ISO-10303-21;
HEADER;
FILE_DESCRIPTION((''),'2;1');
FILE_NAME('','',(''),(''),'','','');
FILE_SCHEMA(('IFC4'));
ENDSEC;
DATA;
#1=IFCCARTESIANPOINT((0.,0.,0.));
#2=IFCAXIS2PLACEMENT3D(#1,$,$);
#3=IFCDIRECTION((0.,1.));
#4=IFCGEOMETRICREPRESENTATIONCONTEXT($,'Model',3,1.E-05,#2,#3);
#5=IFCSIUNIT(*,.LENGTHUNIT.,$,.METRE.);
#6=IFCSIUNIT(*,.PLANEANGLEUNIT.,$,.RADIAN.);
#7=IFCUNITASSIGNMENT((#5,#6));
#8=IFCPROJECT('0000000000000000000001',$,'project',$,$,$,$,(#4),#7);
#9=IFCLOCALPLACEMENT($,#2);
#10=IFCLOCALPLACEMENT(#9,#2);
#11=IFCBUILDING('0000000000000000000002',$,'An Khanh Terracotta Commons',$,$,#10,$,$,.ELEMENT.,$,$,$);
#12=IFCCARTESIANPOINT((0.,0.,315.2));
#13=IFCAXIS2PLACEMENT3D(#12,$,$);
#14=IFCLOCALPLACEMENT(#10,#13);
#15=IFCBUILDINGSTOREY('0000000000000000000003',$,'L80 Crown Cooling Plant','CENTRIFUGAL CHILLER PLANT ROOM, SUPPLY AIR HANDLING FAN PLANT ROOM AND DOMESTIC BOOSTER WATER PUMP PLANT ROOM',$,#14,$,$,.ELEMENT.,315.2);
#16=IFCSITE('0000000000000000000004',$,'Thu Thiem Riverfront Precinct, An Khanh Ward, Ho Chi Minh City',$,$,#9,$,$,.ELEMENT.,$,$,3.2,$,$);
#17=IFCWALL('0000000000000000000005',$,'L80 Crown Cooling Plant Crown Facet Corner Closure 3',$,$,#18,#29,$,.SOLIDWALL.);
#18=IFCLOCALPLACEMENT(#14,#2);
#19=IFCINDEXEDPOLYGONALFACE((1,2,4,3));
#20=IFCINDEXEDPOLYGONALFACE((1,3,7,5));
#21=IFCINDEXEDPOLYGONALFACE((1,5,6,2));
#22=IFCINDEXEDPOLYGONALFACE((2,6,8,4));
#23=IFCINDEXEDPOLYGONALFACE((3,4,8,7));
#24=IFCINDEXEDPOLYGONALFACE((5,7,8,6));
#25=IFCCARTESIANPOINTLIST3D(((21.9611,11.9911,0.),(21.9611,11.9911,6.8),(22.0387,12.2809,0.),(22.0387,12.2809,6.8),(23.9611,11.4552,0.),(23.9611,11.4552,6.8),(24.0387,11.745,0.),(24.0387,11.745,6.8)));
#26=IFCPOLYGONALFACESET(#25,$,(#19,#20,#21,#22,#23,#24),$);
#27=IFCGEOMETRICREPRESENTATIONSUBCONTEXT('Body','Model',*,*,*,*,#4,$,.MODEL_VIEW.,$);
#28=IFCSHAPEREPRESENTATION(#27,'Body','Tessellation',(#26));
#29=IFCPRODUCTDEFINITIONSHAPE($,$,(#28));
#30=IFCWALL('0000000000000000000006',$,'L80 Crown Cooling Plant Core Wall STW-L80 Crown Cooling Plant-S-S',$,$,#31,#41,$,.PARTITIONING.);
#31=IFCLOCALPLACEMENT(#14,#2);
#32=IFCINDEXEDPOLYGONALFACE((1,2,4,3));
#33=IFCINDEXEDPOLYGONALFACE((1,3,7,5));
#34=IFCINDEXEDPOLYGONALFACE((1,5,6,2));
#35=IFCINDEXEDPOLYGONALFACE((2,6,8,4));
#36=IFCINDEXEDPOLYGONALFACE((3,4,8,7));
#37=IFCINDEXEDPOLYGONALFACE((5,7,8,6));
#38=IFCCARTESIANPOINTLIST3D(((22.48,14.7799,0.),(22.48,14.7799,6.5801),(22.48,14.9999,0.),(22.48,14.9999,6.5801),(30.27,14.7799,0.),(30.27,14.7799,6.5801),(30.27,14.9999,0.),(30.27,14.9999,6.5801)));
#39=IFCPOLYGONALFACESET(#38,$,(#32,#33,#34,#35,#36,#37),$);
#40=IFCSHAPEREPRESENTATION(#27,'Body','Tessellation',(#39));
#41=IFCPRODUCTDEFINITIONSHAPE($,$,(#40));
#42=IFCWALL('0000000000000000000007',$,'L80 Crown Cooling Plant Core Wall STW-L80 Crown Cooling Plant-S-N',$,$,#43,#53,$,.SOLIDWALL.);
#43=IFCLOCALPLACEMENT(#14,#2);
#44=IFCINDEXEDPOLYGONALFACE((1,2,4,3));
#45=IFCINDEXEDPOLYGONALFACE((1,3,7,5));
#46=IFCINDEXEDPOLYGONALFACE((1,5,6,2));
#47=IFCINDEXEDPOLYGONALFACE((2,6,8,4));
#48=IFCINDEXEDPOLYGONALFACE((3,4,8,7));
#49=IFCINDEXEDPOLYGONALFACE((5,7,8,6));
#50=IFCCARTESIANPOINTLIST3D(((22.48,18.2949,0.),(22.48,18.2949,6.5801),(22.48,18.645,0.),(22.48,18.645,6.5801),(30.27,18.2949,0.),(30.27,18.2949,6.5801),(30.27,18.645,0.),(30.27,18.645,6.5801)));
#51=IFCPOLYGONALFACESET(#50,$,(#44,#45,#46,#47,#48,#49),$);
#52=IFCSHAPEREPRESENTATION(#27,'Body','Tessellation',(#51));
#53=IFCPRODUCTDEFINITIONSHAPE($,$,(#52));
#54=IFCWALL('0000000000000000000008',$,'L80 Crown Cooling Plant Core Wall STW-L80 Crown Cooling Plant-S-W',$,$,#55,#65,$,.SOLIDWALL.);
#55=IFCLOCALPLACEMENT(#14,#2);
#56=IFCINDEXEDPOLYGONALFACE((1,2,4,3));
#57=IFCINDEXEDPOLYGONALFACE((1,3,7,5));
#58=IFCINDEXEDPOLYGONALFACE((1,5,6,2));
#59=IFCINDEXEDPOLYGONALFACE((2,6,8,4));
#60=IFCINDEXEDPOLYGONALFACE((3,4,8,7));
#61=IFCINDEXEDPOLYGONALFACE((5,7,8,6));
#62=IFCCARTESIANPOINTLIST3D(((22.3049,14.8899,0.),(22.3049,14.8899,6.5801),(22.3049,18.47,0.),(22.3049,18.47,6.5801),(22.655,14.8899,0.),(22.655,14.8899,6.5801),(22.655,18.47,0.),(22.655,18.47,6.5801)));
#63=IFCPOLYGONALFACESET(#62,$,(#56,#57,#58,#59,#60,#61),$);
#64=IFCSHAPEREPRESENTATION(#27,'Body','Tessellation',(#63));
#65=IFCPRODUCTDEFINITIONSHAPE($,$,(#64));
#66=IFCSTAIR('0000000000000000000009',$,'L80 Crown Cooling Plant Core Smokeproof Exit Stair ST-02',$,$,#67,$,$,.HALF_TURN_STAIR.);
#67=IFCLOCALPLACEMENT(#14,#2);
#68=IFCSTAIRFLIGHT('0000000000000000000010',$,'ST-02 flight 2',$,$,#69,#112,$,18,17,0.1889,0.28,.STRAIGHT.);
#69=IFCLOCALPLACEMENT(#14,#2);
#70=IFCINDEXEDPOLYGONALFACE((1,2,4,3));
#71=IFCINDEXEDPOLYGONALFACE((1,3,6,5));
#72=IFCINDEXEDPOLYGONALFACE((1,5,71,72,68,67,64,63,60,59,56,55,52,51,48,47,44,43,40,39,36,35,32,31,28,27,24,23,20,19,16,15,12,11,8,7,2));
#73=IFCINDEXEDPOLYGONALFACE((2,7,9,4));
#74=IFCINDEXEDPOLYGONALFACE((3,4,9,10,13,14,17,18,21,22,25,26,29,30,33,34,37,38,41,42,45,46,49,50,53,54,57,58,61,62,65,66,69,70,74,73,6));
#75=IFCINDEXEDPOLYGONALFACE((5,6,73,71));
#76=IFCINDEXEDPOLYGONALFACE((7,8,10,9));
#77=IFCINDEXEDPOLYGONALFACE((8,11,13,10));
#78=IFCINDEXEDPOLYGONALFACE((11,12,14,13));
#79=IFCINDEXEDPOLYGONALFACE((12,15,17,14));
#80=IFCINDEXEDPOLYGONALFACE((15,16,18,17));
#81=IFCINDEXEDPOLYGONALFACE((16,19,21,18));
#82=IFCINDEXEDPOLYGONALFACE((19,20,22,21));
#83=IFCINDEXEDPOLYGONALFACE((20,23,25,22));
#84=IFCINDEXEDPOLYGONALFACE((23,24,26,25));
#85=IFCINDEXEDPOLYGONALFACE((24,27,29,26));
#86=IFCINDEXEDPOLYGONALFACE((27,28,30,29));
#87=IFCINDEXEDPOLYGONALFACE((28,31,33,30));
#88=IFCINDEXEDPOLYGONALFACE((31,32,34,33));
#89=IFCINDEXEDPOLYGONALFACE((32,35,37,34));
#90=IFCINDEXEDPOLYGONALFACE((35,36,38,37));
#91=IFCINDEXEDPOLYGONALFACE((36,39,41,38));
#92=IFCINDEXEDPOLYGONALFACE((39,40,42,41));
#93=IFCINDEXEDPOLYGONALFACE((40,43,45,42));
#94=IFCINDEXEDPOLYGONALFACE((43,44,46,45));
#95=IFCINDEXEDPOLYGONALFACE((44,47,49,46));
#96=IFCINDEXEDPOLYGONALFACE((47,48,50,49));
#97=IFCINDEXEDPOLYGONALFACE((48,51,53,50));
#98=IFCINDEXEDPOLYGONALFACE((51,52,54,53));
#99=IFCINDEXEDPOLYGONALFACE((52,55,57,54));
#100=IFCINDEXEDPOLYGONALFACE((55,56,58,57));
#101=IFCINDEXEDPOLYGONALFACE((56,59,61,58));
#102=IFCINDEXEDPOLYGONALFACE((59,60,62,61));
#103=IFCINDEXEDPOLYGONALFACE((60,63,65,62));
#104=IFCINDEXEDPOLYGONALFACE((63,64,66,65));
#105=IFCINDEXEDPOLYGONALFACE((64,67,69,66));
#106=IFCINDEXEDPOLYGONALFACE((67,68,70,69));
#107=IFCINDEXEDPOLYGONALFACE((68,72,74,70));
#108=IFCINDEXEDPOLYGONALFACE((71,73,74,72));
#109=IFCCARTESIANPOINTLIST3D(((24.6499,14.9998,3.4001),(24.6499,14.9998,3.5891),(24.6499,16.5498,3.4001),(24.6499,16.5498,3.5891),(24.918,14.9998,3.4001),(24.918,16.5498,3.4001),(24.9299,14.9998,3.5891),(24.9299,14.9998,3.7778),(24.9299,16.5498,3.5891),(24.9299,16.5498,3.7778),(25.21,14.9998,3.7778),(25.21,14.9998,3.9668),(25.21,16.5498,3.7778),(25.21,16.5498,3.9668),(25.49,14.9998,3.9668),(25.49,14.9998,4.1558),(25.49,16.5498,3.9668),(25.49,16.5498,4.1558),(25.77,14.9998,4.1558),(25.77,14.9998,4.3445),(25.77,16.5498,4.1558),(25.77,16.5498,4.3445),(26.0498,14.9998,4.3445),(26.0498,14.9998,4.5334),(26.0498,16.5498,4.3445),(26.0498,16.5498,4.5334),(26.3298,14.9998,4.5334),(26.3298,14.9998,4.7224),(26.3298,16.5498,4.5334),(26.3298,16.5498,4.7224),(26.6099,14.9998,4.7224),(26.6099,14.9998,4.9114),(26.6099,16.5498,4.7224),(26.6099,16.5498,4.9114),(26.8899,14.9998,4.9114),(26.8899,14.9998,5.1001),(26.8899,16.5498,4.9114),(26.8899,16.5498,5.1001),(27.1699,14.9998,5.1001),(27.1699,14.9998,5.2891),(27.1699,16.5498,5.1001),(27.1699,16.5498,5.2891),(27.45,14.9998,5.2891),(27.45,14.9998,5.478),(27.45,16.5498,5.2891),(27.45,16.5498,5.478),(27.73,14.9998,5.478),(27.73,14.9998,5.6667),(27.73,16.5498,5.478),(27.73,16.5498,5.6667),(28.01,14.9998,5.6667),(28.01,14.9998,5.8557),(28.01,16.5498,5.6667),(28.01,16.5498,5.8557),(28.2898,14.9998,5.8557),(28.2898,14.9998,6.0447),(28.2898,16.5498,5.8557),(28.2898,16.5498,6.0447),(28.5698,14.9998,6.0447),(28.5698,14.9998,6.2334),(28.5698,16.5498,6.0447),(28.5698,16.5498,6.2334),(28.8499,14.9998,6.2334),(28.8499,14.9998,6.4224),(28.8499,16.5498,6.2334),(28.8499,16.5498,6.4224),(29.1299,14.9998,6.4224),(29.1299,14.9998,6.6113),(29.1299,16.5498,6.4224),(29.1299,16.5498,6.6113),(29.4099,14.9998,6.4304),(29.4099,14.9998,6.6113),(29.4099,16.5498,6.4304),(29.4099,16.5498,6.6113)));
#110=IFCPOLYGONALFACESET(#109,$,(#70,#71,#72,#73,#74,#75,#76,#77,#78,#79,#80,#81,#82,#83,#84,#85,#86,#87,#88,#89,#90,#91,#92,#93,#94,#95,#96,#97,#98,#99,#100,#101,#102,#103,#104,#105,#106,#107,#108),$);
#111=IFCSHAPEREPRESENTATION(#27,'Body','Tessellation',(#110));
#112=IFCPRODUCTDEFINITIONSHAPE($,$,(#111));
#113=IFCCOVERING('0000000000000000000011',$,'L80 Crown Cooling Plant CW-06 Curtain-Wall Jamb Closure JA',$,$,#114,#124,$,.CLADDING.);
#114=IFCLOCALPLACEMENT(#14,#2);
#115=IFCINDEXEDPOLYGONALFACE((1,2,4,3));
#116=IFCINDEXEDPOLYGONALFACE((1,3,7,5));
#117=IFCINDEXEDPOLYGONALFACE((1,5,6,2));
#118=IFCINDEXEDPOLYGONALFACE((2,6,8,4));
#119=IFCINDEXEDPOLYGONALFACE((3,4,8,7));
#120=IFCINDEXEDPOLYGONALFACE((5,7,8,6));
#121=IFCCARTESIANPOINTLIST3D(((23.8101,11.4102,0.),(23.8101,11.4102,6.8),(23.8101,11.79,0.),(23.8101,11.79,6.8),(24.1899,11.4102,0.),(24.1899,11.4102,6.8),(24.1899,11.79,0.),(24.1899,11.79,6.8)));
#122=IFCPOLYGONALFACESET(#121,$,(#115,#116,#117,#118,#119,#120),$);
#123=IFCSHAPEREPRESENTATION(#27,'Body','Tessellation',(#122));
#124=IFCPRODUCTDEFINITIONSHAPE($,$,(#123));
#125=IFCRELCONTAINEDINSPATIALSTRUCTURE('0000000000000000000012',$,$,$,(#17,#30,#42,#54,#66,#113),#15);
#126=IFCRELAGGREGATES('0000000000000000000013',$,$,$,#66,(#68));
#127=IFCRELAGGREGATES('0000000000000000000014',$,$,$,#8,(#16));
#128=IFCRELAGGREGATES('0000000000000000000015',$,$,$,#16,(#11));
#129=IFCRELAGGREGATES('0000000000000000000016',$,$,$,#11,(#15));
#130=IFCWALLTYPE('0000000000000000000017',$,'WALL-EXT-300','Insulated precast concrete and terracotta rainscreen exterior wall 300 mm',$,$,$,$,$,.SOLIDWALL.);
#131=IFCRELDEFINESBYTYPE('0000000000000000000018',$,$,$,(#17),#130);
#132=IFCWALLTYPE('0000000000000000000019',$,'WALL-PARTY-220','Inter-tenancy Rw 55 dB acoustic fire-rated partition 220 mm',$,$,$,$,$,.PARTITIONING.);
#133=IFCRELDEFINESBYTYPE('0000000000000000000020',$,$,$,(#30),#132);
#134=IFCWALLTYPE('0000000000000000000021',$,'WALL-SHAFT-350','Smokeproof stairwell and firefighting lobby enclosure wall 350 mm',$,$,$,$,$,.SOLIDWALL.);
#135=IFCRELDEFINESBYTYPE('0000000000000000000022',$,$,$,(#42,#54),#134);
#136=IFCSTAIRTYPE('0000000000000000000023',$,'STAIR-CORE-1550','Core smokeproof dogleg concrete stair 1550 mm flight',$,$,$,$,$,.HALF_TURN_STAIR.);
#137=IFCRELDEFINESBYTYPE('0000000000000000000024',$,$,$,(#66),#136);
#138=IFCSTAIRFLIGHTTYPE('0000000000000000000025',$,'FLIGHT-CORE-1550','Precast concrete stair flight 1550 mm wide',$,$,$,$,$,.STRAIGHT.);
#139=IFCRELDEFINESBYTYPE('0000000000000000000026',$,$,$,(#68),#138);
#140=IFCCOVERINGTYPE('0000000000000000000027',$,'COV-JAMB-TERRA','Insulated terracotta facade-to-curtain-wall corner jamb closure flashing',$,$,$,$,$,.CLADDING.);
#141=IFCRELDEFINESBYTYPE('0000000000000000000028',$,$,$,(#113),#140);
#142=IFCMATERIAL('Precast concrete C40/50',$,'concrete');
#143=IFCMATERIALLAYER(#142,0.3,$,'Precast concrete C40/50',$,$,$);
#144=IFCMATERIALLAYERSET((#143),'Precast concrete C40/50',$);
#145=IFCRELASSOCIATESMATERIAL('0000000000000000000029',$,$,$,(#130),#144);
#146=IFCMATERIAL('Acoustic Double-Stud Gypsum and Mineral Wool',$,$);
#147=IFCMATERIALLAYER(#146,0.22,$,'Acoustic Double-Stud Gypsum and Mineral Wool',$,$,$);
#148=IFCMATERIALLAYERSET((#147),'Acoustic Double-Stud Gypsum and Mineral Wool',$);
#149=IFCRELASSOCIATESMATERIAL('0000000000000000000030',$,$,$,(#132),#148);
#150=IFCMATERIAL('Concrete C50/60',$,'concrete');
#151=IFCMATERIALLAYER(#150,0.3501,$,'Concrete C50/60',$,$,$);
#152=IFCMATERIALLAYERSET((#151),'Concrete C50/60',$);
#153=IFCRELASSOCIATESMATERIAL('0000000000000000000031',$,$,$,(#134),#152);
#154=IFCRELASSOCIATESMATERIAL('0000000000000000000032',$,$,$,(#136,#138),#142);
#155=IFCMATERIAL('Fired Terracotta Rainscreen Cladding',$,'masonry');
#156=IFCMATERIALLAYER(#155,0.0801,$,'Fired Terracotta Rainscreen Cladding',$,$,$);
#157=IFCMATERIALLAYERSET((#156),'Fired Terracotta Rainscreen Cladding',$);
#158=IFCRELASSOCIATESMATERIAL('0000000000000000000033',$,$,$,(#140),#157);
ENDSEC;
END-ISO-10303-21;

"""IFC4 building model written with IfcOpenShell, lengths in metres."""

from ifc_helpers import new_model, si_unit, direction, frame, frame_2d, origin, origin_2d, place, context, subcontext, project, spatial, polyline, rectangle, outline, extrude, material, layer, layer_set, type_object, element, aggregate, save


model = new_model("IFC4")

# Units and contexts
model_context = context("Model", 3, precision=1e-05, world=origin(), true_north=direction((0.0, 1.0)))
body_context = subcontext(model_context, "Body", "Model", "MODEL_VIEW")
ifc_project = project(units=[si_unit("LENGTHUNIT", "METRE"), si_unit("PLANEANGLEUNIT", "RADIAN")], contexts=[model_context])

# Site, building, storey
site_placement = place(None, origin())
site = spatial("IfcSite", under=ifc_project, at=site_placement, Name="Thu Thiem Riverfront Precinct, An Khanh Ward, Ho Chi Minh City", CompositionType="ELEMENT", RefElevation=3.2)
building_placement = place(site_placement, origin())
building = spatial("IfcBuilding", under=site, at=building_placement, Name="An Khanh Terracotta Commons", CompositionType="ELEMENT")
storey_placement = place(building_placement, frame((0.0, 0.0, 315.2)))
storey = spatial("IfcBuildingStorey", under=building, at=storey_placement, Name="L80 Crown Cooling Plant", Description="CENTRIFUGAL CHILLER PLANT ROOM, SUPPLY AIR HANDLING FAN PLANT ROOM AND DOMESTIC BOOSTER WATER PUMP PLANT ROOM", CompositionType="ELEMENT", Elevation=315.2)

# Shared definitions
ifc_material_1 = material(Name="Concrete C50/60", Category="concrete")

# Walls
ifc_material_2 = material(Name="Precast concrete C40/50", Category="concrete")
ifc_layer_1 = layer(ifc_material_2, 0.3, Name="Precast concrete C40/50")
ifc_layer_set_1 = layer_set([ifc_layer_1], Name="Precast concrete C40/50")
wall_type_1 = type_object("IfcWallType", Name="WALL-EXT-300", Description="Insulated precast concrete and terracotta rainscreen exterior wall 300 mm", PredefinedType="SOLIDWALL", material=ifc_layer_set_1)
wall_1_placement = place(storey_placement, frame((22.0, 12.136, 0.0), z_axis=(0.0, 0.0, 1.0), x_axis=(0.965927, -0.258815, 0.0)))
element("IfcWall", 1, at=wall_1_placement, inside=storey, type_object=wall_type_1, Name="L80 Crown Cooling Plant Crown Facet Corner Closure 3", PredefinedType="SOLIDWALL", context=body_context, shape_type="SweptSolid", body=[
    extrude(rectangle(XDim=2.0706, YDim=0.3, at=frame_2d((1.0352, 0.0))), origin(), (0.0, 0.0, 1.0), 6.8),
])
ifc_material_3 = material(Name="Acoustic Double-Stud Gypsum and Mineral Wool")
ifc_layer_2 = layer(ifc_material_3, 0.22, Name="Acoustic Double-Stud Gypsum and Mineral Wool")
ifc_layer_set_2 = layer_set([ifc_layer_2], Name="Acoustic Double-Stud Gypsum and Mineral Wool")
wall_type_2 = type_object("IfcWallType", Name="WALL-PARTY-220", Description="Inter-tenancy Rw 55 dB acoustic fire-rated partition 220 mm", PredefinedType="PARTITIONING", material=ifc_layer_set_2)
wall_2_placement = place(storey_placement, frame((22.48, 14.8899, 0.0), z_axis=(0.0, 0.0, 1.0), x_axis=(1.0, 0.0, 0.0)))
element("IfcWall", 2, at=wall_2_placement, inside=storey, type_object=wall_type_2, Name="L80 Crown Cooling Plant Core Wall STW-L80 Crown Cooling Plant-S-S", PredefinedType="PARTITIONING", context=body_context, shape_type="SweptSolid", body=[
    extrude(rectangle(XDim=7.79, YDim=0.22, at=frame_2d((3.895, 0.0))), origin(), (0.0, 0.0, 1.0), 6.5801),
])
ifc_layer_3 = layer(ifc_material_1, 0.3501, Name="Concrete C50/60")
ifc_layer_set_3 = layer_set([ifc_layer_3], Name="Concrete C50/60")
wall_type_3 = type_object("IfcWallType", Name="WALL-SHAFT-350", Description="Smokeproof stairwell and firefighting lobby enclosure wall 350 mm", PredefinedType="SOLIDWALL", material=ifc_layer_set_3)
wall_3_placement = place(storey_placement, frame((22.48, 18.47, 0.0), z_axis=(0.0, 0.0, 1.0), x_axis=(1.0, 0.0, 0.0)))
element("IfcWall", 3, at=wall_3_placement, inside=storey, type_object=wall_type_3, Name="L80 Crown Cooling Plant Core Wall STW-L80 Crown Cooling Plant-S-N", PredefinedType="SOLIDWALL", context=body_context, shape_type="SweptSolid", body=[
    extrude(rectangle(XDim=7.79, YDim=0.3501, at=frame_2d((3.895, 0.0))), origin(), (0.0, 0.0, 1.0), 6.5801),
])
wall_4_placement = place(storey_placement, frame((22.48, 14.8899, 0.0), z_axis=(0.0, 0.0, 1.0), x_axis=(0.0, 1.0, 0.0)))
element("IfcWall", 4, at=wall_4_placement, inside=storey, type_object=wall_type_3, Name="L80 Crown Cooling Plant Core Wall STW-L80 Crown Cooling Plant-S-W", PredefinedType="SOLIDWALL", context=body_context, shape_type="SweptSolid", body=[
    extrude(rectangle(XDim=3.5801, YDim=0.3501, at=frame_2d((1.79, 0.0))), origin(), (0.0, 0.0, 1.0), 6.5801),
])

# Stair, stair flight
stair_type = type_object("IfcStairType", Name="STAIR-CORE-1550", Description="Core smokeproof dogleg concrete stair 1550 mm flight", PredefinedType="HALF_TURN_STAIR", material=ifc_material_2)
stair_placement = place(storey_placement, origin())
stair = element("IfcStair", 5, at=stair_placement, inside=storey, type_object=stair_type, Name="L80 Crown Cooling Plant Core Smokeproof Exit Stair ST-02", PredefinedType="HALF_TURN_STAIR")
stair_flight_type = type_object("IfcStairFlightType", Name="FLIGHT-CORE-1550", Description="Precast concrete stair flight 1550 mm wide", PredefinedType="STRAIGHT", material=ifc_material_2)
stair_flight_placement = place(storey_placement, frame((24.6499, 15.7749, 3.4001), z_axis=(0.0, 0.0, 1.0), x_axis=(1.0, 0.0, 0.0)))
stair_flight = element("IfcStairFlight", 6, at=stair_flight_placement, type_object=stair_flight_type, Name="ST-02 flight 2", NumberOfRisers=18, NumberOfTreads=17, PredefinedType="STRAIGHT", RiserHeight=0.1889, TreadLength=0.28, context=body_context, shape_type="SweptSolid", body=[
    extrude(outline(polyline([(0.0, 0.0), (0.0, 0.189), (0.28, 0.189), (0.28, 0.3777), (0.5601, 0.3777), (0.5601, 0.5667), (0.8401, 0.5667), (0.8401, 0.7556), (1.1201, 0.7556), (1.1201, 0.9443), (1.3999, 0.9443), (1.3999, 1.1333), (1.6799, 1.1333), (1.6799, 1.3223), (1.96, 1.3223), (1.96, 1.5112), (2.24, 1.5112), (2.24, 1.7), (2.52, 1.7), (2.52, 1.8889), (2.8, 1.8889), (2.8, 2.0779), (3.0801, 2.0779), (3.0801, 2.2666), (3.3601, 2.2666), (3.3601, 2.4556), (3.6399, 2.4556), (3.6399, 2.6445), (3.9199, 2.6445), (3.9199, 2.8333), (4.2, 2.8333), (4.2, 3.0222), (4.48, 3.0222), (4.48, 3.2112), (4.76, 3.2112), (4.76, 3.3999), (4.76, 3.0303), (0.2681, 0.0), (0.0, 0.0)])), frame((0.0, 0.7749, 0.0), z_axis=(0.0, -1.0, 0.0), x_axis=(1.0, 0.0, 0.0)), (0.0, 0.0, 1.0), 1.55),
])
aggregate(stair, [stair_flight])

# Covering
ifc_material_4 = material(Name="Fired Terracotta Rainscreen Cladding", Category="masonry")
ifc_layer_4 = layer(ifc_material_4, 0.0801, Name="Fired Terracotta Rainscreen Cladding")
ifc_layer_set_4 = layer_set([ifc_layer_4], Name="Fired Terracotta Rainscreen Cladding")
covering_type = type_object("IfcCoveringType", Name="COV-JAMB-TERRA", Description="Insulated terracotta facade-to-curtain-wall corner jamb closure flashing", PredefinedType="CLADDING", material=ifc_layer_set_4)
covering_placement = place(storey_placement, frame((24.0, 11.6001, 0.0), z_axis=(0.0, 0.0, 1.0), x_axis=(1.0, 0.0, 0.0)))
element("IfcCovering", 7, at=covering_placement, inside=storey, type_object=covering_type, Name="L80 Crown Cooling Plant CW-06 Curtain-Wall Jamb Closure JA", PredefinedType="CLADDING", context=body_context, shape_type="SweptSolid", body=[
    extrude(rectangle(XDim=0.3799, YDim=0.3799, at=origin_2d()), origin(), (0.0, 0.0, 1.0), 6.8),
])

save(model, "model.ifc")
